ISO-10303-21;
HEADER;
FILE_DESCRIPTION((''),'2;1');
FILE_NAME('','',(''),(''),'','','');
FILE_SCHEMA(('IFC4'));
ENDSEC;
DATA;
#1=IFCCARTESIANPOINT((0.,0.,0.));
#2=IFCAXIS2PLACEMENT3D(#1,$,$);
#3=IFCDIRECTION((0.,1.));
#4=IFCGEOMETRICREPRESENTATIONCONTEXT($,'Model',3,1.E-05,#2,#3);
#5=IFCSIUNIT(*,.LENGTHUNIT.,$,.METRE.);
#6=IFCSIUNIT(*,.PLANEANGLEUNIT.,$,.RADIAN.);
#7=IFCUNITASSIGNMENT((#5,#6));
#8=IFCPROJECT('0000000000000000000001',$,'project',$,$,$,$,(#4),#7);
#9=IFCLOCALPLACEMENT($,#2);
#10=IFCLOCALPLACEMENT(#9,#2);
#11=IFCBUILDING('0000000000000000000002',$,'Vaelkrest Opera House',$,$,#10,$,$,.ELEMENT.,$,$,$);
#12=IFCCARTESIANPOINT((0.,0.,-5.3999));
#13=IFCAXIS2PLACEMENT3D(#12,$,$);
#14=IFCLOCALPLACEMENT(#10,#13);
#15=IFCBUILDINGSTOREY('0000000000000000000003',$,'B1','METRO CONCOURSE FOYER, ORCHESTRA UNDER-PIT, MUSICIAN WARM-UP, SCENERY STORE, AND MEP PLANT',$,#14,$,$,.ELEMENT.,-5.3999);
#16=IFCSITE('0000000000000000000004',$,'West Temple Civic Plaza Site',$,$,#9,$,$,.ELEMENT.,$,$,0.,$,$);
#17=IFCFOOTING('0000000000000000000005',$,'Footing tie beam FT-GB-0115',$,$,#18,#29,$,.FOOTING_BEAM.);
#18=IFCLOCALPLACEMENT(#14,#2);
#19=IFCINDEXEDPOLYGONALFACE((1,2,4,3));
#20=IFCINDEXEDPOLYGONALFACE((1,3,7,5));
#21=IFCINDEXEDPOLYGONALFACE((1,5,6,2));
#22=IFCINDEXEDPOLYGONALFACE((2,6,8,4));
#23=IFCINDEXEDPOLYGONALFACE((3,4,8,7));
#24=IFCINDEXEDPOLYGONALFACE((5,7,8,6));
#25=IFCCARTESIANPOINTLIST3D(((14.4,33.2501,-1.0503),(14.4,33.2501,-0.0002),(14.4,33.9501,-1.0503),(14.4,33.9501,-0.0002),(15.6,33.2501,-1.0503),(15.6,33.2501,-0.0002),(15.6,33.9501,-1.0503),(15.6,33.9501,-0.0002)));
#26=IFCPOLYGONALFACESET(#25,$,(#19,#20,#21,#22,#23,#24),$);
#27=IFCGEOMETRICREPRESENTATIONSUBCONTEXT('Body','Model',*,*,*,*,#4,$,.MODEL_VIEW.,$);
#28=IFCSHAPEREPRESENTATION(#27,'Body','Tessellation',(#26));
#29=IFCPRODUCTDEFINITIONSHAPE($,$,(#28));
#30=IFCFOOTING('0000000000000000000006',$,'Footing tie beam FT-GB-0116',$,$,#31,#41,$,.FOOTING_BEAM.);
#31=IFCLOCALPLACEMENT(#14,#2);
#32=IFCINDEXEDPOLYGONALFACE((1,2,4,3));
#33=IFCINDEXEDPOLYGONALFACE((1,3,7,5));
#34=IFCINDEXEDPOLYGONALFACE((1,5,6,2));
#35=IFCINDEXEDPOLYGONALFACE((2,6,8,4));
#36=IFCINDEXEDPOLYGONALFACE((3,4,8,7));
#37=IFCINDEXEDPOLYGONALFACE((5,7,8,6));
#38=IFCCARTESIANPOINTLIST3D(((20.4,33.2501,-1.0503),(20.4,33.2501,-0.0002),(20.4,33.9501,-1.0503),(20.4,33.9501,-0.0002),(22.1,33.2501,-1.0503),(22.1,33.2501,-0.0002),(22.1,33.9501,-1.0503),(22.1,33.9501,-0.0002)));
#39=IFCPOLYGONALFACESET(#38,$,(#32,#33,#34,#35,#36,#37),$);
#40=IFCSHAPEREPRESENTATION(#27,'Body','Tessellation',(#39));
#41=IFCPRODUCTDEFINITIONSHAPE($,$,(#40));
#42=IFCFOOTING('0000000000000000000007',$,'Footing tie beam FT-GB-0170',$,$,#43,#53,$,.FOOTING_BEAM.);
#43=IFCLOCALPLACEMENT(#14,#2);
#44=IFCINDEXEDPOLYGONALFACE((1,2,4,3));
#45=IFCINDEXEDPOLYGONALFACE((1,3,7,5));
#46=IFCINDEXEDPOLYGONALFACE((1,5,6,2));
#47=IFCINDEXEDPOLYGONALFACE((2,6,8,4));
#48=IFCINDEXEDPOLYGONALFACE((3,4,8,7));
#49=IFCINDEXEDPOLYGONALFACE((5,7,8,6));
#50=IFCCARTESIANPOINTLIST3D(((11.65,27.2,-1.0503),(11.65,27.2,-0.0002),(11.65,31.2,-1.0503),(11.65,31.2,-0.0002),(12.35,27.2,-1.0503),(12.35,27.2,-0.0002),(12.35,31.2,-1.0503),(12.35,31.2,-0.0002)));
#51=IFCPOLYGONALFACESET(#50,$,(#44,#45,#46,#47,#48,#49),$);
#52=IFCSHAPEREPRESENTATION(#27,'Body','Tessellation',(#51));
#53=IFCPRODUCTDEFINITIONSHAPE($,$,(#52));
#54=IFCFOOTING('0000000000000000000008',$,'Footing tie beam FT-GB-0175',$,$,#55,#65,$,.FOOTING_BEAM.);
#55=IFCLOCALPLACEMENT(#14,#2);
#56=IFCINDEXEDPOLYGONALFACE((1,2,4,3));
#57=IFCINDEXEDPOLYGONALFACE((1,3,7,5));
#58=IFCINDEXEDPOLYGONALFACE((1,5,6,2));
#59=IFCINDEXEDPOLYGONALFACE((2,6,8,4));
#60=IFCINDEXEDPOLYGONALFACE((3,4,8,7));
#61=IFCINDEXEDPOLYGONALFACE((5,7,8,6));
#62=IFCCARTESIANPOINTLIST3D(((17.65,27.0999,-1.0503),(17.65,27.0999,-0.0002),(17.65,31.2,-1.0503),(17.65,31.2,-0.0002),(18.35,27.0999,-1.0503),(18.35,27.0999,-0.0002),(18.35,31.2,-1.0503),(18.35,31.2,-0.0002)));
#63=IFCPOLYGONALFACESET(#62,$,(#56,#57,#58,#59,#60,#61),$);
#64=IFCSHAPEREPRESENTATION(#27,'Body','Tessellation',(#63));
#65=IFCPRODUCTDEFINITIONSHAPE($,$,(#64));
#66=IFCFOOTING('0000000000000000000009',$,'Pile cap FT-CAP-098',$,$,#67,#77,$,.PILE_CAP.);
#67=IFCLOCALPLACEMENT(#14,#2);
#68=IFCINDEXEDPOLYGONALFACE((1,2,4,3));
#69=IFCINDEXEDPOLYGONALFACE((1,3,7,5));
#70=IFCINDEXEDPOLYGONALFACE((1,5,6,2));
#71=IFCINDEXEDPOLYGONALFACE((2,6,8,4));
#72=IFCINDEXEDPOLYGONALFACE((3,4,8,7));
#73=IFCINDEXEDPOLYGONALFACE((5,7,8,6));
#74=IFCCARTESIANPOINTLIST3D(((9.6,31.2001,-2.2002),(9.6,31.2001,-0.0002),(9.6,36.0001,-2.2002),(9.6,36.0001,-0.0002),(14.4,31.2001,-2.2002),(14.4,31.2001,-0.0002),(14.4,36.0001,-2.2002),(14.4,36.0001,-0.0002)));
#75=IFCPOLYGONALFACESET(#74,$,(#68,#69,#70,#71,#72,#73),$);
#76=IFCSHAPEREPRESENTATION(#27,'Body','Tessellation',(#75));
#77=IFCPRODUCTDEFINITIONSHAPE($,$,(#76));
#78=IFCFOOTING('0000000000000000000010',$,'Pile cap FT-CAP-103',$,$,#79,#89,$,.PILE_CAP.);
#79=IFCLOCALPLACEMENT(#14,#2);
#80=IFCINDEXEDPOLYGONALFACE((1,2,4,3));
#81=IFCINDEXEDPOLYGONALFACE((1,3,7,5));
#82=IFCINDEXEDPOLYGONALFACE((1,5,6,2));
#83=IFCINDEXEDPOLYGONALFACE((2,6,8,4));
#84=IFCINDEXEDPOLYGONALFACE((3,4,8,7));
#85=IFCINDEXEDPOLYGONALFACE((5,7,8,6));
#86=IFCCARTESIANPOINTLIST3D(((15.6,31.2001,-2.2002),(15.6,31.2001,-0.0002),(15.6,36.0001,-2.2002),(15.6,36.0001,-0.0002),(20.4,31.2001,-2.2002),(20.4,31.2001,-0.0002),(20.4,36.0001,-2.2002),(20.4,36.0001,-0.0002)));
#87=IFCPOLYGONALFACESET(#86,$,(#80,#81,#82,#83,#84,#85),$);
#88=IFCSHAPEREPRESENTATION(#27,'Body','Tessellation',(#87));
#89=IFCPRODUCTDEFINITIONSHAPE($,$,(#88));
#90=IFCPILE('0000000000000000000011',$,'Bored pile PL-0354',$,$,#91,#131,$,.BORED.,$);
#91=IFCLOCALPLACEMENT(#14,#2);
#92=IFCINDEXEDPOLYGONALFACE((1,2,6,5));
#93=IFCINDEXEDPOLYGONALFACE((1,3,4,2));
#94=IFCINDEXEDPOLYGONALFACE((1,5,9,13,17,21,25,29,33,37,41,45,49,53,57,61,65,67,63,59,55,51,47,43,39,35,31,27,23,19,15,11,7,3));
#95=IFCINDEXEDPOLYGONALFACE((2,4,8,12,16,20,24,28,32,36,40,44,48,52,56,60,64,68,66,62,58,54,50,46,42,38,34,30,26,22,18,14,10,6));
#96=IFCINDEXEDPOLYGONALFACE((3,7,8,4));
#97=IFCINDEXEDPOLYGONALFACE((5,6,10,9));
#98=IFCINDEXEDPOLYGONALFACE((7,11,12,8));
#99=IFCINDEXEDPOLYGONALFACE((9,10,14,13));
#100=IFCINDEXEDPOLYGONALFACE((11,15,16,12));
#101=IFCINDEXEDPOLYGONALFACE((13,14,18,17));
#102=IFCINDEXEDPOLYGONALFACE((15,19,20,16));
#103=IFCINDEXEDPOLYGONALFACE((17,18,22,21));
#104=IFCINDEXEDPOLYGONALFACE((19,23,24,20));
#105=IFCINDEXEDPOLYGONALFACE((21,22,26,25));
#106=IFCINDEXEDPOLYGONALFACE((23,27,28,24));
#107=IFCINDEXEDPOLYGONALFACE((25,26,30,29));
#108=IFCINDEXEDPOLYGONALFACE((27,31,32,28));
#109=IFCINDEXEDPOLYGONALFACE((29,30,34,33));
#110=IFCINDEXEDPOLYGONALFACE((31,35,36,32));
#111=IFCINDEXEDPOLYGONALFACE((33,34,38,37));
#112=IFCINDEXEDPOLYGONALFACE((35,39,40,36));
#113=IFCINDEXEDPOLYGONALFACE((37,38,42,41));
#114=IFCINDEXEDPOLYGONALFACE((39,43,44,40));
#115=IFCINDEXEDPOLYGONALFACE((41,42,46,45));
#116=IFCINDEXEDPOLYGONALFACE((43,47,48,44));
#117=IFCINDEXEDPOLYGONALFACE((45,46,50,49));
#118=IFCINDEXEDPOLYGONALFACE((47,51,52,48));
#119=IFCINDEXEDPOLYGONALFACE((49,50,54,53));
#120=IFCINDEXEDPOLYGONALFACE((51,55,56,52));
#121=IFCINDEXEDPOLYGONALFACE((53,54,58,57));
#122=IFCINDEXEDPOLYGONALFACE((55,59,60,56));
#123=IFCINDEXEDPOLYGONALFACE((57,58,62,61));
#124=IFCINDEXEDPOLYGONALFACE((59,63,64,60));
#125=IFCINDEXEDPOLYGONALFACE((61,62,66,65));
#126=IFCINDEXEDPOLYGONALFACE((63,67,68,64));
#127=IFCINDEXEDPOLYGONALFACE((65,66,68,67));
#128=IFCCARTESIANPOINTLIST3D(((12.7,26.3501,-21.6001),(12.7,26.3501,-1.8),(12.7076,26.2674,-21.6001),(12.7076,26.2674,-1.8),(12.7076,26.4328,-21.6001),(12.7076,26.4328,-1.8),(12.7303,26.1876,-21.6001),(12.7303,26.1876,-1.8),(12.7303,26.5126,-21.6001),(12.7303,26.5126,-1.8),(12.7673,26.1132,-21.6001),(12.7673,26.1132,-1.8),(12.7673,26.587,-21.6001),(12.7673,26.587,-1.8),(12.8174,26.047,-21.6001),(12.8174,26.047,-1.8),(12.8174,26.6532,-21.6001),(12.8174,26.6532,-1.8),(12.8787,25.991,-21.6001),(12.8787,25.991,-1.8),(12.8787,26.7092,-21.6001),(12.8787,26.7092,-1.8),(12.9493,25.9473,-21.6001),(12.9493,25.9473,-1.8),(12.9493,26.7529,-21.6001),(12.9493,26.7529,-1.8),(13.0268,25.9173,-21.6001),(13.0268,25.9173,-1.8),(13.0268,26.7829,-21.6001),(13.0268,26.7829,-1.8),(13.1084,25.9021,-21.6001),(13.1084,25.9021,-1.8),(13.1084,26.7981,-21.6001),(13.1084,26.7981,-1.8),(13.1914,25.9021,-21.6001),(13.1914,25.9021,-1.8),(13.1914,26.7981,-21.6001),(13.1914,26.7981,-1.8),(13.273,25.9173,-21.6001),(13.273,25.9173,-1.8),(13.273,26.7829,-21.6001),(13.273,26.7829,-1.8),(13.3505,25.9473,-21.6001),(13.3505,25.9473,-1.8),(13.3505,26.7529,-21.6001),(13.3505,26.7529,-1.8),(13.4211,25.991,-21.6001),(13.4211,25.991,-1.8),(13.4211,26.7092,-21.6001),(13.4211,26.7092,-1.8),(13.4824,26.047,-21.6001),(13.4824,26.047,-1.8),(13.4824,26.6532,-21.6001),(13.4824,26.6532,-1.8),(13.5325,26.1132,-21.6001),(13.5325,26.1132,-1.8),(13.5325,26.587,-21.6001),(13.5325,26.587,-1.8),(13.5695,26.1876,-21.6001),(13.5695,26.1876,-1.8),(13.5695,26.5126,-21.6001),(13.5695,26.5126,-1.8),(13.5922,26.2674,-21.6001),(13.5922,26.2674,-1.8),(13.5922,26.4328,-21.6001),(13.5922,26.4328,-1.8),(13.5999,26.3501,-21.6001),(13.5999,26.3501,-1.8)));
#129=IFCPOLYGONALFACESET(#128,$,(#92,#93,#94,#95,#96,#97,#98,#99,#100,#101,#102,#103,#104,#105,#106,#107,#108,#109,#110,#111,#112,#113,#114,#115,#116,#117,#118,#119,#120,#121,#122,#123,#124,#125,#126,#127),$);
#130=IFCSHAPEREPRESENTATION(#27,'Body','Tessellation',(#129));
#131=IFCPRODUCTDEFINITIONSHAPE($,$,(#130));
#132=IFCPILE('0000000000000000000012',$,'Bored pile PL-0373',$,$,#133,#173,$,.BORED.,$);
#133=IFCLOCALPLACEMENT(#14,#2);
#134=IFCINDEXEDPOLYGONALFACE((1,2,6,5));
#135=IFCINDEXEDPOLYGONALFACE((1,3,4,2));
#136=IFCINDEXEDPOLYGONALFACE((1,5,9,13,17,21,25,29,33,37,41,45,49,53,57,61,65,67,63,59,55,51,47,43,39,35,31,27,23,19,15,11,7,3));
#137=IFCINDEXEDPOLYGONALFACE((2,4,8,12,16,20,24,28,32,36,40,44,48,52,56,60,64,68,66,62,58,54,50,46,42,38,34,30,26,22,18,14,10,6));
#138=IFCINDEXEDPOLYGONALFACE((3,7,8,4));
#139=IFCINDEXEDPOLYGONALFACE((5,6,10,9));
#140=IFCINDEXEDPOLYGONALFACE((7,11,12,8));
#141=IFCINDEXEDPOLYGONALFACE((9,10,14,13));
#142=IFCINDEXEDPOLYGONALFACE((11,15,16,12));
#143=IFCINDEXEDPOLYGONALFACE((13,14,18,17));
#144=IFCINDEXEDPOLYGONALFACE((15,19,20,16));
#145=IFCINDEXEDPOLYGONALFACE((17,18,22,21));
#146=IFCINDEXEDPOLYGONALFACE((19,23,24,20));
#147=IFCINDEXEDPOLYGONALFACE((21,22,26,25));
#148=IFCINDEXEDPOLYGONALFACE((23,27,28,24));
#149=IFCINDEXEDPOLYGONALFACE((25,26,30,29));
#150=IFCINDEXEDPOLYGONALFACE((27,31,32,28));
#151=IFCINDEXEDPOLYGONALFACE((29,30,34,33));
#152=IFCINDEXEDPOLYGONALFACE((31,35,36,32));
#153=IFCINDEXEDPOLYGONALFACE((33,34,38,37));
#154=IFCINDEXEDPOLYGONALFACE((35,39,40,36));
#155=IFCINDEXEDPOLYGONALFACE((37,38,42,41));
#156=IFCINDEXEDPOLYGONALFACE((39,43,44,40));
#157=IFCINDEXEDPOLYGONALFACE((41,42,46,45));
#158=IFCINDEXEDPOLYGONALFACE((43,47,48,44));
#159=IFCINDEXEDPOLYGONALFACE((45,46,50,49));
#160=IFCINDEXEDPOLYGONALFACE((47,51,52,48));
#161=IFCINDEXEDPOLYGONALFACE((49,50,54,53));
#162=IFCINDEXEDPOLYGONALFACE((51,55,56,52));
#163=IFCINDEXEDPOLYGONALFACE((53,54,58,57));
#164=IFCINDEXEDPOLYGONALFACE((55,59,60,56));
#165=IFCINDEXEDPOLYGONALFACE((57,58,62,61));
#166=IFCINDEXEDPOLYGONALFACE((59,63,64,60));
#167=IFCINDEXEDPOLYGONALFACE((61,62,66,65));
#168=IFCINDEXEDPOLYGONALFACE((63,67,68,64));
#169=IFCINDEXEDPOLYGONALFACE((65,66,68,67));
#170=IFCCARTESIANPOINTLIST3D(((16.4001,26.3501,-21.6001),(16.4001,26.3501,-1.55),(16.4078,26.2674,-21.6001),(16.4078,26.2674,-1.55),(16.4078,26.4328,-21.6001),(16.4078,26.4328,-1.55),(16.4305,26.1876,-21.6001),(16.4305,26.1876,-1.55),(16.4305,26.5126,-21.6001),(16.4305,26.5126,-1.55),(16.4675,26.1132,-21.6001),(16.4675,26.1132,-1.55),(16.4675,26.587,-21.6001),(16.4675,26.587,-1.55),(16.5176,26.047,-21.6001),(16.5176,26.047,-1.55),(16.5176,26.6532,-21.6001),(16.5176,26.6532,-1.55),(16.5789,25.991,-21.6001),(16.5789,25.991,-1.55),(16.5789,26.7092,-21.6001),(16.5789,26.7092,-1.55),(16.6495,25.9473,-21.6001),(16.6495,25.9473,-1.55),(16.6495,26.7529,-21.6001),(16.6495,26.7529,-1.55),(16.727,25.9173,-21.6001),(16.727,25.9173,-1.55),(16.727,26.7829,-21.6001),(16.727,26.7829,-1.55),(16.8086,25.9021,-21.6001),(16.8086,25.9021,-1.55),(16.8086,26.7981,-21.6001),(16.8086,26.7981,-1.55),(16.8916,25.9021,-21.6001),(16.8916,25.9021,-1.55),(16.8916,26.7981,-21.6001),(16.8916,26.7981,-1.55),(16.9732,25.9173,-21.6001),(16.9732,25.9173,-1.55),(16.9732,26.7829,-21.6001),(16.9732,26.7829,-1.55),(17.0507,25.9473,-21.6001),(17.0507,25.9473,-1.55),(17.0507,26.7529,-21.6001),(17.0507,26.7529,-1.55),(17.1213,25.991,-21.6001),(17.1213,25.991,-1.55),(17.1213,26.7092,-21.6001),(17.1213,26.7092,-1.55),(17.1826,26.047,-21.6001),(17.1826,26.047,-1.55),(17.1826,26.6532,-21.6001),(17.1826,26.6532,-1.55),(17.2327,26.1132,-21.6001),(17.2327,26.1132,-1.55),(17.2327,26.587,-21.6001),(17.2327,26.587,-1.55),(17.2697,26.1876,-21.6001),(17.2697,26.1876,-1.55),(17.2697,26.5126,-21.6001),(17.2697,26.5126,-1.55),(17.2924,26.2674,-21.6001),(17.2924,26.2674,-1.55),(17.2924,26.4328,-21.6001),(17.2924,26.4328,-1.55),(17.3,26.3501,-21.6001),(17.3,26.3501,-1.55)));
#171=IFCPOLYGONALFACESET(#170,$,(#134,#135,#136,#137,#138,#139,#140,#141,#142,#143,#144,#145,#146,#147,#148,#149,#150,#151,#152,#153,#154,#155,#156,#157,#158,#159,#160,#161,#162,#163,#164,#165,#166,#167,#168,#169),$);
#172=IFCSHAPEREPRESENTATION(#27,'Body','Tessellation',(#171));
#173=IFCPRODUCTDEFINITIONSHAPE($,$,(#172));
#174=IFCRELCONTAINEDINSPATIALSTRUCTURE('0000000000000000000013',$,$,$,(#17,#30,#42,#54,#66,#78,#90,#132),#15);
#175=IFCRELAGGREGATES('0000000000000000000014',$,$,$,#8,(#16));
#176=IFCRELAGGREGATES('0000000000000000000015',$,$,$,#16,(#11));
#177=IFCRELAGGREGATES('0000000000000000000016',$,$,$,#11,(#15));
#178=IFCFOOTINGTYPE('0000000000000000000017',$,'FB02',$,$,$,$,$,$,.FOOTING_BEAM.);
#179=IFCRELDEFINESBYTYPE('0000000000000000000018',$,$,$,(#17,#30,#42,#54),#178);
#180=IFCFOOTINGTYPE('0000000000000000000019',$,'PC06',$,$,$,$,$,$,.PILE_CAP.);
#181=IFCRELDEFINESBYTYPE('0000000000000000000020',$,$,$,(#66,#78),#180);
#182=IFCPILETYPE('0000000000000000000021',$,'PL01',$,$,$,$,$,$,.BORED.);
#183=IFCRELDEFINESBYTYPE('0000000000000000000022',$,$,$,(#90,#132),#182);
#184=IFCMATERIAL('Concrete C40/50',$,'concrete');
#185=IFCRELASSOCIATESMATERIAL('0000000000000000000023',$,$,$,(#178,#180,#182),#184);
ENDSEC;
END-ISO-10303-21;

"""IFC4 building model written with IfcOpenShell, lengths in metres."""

from ifc_helpers import new_model, si_unit, direction, frame, origin, origin_2d, place, context, subcontext, project, spatial, rectangle, circle, extrude, material, material_profile, profile_set, type_object, element, save


model = new_model("IFC4")

# Units and contexts
model_context = context("Model", 3, precision=1e-05, world=origin(), true_north=direction((0.0, 1.0)))
body_context = subcontext(model_context, "Body", "Model", "MODEL_VIEW")
ifc_project = project(units=[si_unit("LENGTHUNIT", "METRE"), si_unit("PLANEANGLEUNIT", "RADIAN")], contexts=[model_context])

# Site, building, storey
site_placement = place(None, origin())
site = spatial("IfcSite", under=ifc_project, at=site_placement, Name="West Temple Civic Plaza Site", CompositionType="ELEMENT", RefElevation=0.0)
building_placement = place(site_placement, origin())
building = spatial("IfcBuilding", under=site, at=building_placement, Name="Vaelkrest Opera House", CompositionType="ELEMENT")
storey_placement = place(building_placement, frame((0.0, 0.0, -5.3999)))
storey = spatial("IfcBuildingStorey", under=building, at=storey_placement, Name="B1", Description="METRO CONCOURSE FOYER, ORCHESTRA UNDER-PIT, MUSICIAN WARM-UP, SCENERY STORE, AND MEP PLANT", CompositionType="ELEMENT", Elevation=-5.3999)

# Footings
ifc_material_1 = material(Name="Concrete C40/50", Category="concrete")
footing_type_1 = type_object("IfcFootingType", Name="FB02", PredefinedType="FOOTING_BEAM", material=ifc_material_1)
footing_1_placement = place(storey_placement, frame((15.0, 33.6001, -1.0503), z_axis=(0.0, 0.0, 1.0), x_axis=(1.0, 0.0, 0.0)))
element("IfcFooting", 1, at=footing_1_placement, inside=storey, type_object=footing_type_1, Name="Footing tie beam FT-GB-0115", PredefinedType="FOOTING_BEAM", context=body_context, shape_type="SweptSolid", body=[
    extrude(rectangle(XDim=1.2, YDim=0.7, at=origin_2d()), origin(), (0.0, 0.0, 1.0), 1.05),
])
footing_2_placement = place(storey_placement, frame((21.25, 33.6001, -1.0503), z_axis=(0.0, 0.0, 1.0), x_axis=(1.0, 0.0, 0.0)))
element("IfcFooting", 2, at=footing_2_placement, inside=storey, type_object=footing_type_1, Name="Footing tie beam FT-GB-0116", PredefinedType="FOOTING_BEAM", context=body_context, shape_type="SweptSolid", body=[
    extrude(rectangle(XDim=1.7, YDim=0.7, at=origin_2d()), origin(), (0.0, 0.0, 1.0), 1.05),
])
footing_3_placement = place(storey_placement, frame((12.0, 29.2, -1.0503), z_axis=(0.0, 0.0, 1.0), x_axis=(0.0, 1.0, 0.0)))
element("IfcFooting", 3, at=footing_3_placement, inside=storey, type_object=footing_type_1, Name="Footing tie beam FT-GB-0170", PredefinedType="FOOTING_BEAM", context=body_context, shape_type="SweptSolid", body=[
    extrude(rectangle(XDim=4.0, YDim=0.7, at=origin_2d()), origin(), (0.0, 0.0, 1.0), 1.05),
])
footing_4_placement = place(storey_placement, frame((18.0, 29.1499, -1.0503), z_axis=(0.0, 0.0, 1.0), x_axis=(0.0, 1.0, 0.0)))
element("IfcFooting", 4, at=footing_4_placement, inside=storey, type_object=footing_type_1, Name="Footing tie beam FT-GB-0175", PredefinedType="FOOTING_BEAM", context=body_context, shape_type="SweptSolid", body=[
    extrude(rectangle(XDim=4.1001, YDim=0.7, at=origin_2d()), origin(), (0.0, 0.0, 1.0), 1.05),
])
footing_type_2 = type_object("IfcFootingType", Name="PC06", PredefinedType="PILE_CAP", material=ifc_material_1)
for number, where, z_axis, x_axis, name in (
    (5, (12.0, 33.6001, -2.2002), (0.0, 0.0, 1.0), (1.0, 0.0, 0.0), "Pile cap FT-CAP-098"),
    (6, (18.0, 33.6001, -2.2002), (0.0, 0.0, 1.0), (1.0, 0.0, 0.0), "Pile cap FT-CAP-103"),
):
    element("IfcFooting", number, at=place(storey_placement, frame(where, z_axis=z_axis, x_axis=x_axis)), inside=storey, type_object=footing_type_2, Name=name, PredefinedType="PILE_CAP", context=body_context, shape_type="SweptSolid", body=[
        extrude(rectangle(XDim=4.8, YDim=4.8, at=origin_2d()), origin(), (0.0, 0.0, 1.0), 2.2),
    ])

# Piles
ifc_material_profile_1 = material_profile(ifc_material_1, circle(Radius=0.45, at=origin_2d()), Name="PILE900")
ifc_profile_set_1 = profile_set([ifc_material_profile_1], Name="Concrete C40/50")
pile_type_1 = type_object("IfcPileType", Name="PL01", PredefinedType="BORED", material=ifc_profile_set_1)
pile_1_placement = place(storey_placement, frame((13.1499, 26.3501, -1.8), z_axis=(0.0, 0.0, -1.0), x_axis=(1.0, 0.0, 0.0)))
element("IfcPile", 7, at=pile_1_placement, inside=storey, type_object=pile_type_1, Name="Bored pile PL-0354", PredefinedType="BORED", context=body_context, shape_type="SweptSolid", body=[
    extrude(circle(Radius=0.45, at=origin_2d()), origin(), (0.0, 0.0, 1.0), 19.8),
])
for number, where, z_axis, x_axis, name in (
    (8, (16.8501, 26.3501, -1.55), (0.0, 0.0, -1.0), (1.0, 0.0, 0.0), "Bored pile PL-0373"),
):
    element("IfcPile", number, at=place(storey_placement, frame(where, z_axis=z_axis, x_axis=x_axis)), inside=storey, type_object=pile_type_1, Name=name, PredefinedType="BORED", context=body_context, shape_type="SweptSolid", body=[
        extrude(circle(Radius=0.45, at=origin_2d()), origin(), (0.0, 0.0, 1.0), 20.05),
    ])

save(model, "model.ifc")
